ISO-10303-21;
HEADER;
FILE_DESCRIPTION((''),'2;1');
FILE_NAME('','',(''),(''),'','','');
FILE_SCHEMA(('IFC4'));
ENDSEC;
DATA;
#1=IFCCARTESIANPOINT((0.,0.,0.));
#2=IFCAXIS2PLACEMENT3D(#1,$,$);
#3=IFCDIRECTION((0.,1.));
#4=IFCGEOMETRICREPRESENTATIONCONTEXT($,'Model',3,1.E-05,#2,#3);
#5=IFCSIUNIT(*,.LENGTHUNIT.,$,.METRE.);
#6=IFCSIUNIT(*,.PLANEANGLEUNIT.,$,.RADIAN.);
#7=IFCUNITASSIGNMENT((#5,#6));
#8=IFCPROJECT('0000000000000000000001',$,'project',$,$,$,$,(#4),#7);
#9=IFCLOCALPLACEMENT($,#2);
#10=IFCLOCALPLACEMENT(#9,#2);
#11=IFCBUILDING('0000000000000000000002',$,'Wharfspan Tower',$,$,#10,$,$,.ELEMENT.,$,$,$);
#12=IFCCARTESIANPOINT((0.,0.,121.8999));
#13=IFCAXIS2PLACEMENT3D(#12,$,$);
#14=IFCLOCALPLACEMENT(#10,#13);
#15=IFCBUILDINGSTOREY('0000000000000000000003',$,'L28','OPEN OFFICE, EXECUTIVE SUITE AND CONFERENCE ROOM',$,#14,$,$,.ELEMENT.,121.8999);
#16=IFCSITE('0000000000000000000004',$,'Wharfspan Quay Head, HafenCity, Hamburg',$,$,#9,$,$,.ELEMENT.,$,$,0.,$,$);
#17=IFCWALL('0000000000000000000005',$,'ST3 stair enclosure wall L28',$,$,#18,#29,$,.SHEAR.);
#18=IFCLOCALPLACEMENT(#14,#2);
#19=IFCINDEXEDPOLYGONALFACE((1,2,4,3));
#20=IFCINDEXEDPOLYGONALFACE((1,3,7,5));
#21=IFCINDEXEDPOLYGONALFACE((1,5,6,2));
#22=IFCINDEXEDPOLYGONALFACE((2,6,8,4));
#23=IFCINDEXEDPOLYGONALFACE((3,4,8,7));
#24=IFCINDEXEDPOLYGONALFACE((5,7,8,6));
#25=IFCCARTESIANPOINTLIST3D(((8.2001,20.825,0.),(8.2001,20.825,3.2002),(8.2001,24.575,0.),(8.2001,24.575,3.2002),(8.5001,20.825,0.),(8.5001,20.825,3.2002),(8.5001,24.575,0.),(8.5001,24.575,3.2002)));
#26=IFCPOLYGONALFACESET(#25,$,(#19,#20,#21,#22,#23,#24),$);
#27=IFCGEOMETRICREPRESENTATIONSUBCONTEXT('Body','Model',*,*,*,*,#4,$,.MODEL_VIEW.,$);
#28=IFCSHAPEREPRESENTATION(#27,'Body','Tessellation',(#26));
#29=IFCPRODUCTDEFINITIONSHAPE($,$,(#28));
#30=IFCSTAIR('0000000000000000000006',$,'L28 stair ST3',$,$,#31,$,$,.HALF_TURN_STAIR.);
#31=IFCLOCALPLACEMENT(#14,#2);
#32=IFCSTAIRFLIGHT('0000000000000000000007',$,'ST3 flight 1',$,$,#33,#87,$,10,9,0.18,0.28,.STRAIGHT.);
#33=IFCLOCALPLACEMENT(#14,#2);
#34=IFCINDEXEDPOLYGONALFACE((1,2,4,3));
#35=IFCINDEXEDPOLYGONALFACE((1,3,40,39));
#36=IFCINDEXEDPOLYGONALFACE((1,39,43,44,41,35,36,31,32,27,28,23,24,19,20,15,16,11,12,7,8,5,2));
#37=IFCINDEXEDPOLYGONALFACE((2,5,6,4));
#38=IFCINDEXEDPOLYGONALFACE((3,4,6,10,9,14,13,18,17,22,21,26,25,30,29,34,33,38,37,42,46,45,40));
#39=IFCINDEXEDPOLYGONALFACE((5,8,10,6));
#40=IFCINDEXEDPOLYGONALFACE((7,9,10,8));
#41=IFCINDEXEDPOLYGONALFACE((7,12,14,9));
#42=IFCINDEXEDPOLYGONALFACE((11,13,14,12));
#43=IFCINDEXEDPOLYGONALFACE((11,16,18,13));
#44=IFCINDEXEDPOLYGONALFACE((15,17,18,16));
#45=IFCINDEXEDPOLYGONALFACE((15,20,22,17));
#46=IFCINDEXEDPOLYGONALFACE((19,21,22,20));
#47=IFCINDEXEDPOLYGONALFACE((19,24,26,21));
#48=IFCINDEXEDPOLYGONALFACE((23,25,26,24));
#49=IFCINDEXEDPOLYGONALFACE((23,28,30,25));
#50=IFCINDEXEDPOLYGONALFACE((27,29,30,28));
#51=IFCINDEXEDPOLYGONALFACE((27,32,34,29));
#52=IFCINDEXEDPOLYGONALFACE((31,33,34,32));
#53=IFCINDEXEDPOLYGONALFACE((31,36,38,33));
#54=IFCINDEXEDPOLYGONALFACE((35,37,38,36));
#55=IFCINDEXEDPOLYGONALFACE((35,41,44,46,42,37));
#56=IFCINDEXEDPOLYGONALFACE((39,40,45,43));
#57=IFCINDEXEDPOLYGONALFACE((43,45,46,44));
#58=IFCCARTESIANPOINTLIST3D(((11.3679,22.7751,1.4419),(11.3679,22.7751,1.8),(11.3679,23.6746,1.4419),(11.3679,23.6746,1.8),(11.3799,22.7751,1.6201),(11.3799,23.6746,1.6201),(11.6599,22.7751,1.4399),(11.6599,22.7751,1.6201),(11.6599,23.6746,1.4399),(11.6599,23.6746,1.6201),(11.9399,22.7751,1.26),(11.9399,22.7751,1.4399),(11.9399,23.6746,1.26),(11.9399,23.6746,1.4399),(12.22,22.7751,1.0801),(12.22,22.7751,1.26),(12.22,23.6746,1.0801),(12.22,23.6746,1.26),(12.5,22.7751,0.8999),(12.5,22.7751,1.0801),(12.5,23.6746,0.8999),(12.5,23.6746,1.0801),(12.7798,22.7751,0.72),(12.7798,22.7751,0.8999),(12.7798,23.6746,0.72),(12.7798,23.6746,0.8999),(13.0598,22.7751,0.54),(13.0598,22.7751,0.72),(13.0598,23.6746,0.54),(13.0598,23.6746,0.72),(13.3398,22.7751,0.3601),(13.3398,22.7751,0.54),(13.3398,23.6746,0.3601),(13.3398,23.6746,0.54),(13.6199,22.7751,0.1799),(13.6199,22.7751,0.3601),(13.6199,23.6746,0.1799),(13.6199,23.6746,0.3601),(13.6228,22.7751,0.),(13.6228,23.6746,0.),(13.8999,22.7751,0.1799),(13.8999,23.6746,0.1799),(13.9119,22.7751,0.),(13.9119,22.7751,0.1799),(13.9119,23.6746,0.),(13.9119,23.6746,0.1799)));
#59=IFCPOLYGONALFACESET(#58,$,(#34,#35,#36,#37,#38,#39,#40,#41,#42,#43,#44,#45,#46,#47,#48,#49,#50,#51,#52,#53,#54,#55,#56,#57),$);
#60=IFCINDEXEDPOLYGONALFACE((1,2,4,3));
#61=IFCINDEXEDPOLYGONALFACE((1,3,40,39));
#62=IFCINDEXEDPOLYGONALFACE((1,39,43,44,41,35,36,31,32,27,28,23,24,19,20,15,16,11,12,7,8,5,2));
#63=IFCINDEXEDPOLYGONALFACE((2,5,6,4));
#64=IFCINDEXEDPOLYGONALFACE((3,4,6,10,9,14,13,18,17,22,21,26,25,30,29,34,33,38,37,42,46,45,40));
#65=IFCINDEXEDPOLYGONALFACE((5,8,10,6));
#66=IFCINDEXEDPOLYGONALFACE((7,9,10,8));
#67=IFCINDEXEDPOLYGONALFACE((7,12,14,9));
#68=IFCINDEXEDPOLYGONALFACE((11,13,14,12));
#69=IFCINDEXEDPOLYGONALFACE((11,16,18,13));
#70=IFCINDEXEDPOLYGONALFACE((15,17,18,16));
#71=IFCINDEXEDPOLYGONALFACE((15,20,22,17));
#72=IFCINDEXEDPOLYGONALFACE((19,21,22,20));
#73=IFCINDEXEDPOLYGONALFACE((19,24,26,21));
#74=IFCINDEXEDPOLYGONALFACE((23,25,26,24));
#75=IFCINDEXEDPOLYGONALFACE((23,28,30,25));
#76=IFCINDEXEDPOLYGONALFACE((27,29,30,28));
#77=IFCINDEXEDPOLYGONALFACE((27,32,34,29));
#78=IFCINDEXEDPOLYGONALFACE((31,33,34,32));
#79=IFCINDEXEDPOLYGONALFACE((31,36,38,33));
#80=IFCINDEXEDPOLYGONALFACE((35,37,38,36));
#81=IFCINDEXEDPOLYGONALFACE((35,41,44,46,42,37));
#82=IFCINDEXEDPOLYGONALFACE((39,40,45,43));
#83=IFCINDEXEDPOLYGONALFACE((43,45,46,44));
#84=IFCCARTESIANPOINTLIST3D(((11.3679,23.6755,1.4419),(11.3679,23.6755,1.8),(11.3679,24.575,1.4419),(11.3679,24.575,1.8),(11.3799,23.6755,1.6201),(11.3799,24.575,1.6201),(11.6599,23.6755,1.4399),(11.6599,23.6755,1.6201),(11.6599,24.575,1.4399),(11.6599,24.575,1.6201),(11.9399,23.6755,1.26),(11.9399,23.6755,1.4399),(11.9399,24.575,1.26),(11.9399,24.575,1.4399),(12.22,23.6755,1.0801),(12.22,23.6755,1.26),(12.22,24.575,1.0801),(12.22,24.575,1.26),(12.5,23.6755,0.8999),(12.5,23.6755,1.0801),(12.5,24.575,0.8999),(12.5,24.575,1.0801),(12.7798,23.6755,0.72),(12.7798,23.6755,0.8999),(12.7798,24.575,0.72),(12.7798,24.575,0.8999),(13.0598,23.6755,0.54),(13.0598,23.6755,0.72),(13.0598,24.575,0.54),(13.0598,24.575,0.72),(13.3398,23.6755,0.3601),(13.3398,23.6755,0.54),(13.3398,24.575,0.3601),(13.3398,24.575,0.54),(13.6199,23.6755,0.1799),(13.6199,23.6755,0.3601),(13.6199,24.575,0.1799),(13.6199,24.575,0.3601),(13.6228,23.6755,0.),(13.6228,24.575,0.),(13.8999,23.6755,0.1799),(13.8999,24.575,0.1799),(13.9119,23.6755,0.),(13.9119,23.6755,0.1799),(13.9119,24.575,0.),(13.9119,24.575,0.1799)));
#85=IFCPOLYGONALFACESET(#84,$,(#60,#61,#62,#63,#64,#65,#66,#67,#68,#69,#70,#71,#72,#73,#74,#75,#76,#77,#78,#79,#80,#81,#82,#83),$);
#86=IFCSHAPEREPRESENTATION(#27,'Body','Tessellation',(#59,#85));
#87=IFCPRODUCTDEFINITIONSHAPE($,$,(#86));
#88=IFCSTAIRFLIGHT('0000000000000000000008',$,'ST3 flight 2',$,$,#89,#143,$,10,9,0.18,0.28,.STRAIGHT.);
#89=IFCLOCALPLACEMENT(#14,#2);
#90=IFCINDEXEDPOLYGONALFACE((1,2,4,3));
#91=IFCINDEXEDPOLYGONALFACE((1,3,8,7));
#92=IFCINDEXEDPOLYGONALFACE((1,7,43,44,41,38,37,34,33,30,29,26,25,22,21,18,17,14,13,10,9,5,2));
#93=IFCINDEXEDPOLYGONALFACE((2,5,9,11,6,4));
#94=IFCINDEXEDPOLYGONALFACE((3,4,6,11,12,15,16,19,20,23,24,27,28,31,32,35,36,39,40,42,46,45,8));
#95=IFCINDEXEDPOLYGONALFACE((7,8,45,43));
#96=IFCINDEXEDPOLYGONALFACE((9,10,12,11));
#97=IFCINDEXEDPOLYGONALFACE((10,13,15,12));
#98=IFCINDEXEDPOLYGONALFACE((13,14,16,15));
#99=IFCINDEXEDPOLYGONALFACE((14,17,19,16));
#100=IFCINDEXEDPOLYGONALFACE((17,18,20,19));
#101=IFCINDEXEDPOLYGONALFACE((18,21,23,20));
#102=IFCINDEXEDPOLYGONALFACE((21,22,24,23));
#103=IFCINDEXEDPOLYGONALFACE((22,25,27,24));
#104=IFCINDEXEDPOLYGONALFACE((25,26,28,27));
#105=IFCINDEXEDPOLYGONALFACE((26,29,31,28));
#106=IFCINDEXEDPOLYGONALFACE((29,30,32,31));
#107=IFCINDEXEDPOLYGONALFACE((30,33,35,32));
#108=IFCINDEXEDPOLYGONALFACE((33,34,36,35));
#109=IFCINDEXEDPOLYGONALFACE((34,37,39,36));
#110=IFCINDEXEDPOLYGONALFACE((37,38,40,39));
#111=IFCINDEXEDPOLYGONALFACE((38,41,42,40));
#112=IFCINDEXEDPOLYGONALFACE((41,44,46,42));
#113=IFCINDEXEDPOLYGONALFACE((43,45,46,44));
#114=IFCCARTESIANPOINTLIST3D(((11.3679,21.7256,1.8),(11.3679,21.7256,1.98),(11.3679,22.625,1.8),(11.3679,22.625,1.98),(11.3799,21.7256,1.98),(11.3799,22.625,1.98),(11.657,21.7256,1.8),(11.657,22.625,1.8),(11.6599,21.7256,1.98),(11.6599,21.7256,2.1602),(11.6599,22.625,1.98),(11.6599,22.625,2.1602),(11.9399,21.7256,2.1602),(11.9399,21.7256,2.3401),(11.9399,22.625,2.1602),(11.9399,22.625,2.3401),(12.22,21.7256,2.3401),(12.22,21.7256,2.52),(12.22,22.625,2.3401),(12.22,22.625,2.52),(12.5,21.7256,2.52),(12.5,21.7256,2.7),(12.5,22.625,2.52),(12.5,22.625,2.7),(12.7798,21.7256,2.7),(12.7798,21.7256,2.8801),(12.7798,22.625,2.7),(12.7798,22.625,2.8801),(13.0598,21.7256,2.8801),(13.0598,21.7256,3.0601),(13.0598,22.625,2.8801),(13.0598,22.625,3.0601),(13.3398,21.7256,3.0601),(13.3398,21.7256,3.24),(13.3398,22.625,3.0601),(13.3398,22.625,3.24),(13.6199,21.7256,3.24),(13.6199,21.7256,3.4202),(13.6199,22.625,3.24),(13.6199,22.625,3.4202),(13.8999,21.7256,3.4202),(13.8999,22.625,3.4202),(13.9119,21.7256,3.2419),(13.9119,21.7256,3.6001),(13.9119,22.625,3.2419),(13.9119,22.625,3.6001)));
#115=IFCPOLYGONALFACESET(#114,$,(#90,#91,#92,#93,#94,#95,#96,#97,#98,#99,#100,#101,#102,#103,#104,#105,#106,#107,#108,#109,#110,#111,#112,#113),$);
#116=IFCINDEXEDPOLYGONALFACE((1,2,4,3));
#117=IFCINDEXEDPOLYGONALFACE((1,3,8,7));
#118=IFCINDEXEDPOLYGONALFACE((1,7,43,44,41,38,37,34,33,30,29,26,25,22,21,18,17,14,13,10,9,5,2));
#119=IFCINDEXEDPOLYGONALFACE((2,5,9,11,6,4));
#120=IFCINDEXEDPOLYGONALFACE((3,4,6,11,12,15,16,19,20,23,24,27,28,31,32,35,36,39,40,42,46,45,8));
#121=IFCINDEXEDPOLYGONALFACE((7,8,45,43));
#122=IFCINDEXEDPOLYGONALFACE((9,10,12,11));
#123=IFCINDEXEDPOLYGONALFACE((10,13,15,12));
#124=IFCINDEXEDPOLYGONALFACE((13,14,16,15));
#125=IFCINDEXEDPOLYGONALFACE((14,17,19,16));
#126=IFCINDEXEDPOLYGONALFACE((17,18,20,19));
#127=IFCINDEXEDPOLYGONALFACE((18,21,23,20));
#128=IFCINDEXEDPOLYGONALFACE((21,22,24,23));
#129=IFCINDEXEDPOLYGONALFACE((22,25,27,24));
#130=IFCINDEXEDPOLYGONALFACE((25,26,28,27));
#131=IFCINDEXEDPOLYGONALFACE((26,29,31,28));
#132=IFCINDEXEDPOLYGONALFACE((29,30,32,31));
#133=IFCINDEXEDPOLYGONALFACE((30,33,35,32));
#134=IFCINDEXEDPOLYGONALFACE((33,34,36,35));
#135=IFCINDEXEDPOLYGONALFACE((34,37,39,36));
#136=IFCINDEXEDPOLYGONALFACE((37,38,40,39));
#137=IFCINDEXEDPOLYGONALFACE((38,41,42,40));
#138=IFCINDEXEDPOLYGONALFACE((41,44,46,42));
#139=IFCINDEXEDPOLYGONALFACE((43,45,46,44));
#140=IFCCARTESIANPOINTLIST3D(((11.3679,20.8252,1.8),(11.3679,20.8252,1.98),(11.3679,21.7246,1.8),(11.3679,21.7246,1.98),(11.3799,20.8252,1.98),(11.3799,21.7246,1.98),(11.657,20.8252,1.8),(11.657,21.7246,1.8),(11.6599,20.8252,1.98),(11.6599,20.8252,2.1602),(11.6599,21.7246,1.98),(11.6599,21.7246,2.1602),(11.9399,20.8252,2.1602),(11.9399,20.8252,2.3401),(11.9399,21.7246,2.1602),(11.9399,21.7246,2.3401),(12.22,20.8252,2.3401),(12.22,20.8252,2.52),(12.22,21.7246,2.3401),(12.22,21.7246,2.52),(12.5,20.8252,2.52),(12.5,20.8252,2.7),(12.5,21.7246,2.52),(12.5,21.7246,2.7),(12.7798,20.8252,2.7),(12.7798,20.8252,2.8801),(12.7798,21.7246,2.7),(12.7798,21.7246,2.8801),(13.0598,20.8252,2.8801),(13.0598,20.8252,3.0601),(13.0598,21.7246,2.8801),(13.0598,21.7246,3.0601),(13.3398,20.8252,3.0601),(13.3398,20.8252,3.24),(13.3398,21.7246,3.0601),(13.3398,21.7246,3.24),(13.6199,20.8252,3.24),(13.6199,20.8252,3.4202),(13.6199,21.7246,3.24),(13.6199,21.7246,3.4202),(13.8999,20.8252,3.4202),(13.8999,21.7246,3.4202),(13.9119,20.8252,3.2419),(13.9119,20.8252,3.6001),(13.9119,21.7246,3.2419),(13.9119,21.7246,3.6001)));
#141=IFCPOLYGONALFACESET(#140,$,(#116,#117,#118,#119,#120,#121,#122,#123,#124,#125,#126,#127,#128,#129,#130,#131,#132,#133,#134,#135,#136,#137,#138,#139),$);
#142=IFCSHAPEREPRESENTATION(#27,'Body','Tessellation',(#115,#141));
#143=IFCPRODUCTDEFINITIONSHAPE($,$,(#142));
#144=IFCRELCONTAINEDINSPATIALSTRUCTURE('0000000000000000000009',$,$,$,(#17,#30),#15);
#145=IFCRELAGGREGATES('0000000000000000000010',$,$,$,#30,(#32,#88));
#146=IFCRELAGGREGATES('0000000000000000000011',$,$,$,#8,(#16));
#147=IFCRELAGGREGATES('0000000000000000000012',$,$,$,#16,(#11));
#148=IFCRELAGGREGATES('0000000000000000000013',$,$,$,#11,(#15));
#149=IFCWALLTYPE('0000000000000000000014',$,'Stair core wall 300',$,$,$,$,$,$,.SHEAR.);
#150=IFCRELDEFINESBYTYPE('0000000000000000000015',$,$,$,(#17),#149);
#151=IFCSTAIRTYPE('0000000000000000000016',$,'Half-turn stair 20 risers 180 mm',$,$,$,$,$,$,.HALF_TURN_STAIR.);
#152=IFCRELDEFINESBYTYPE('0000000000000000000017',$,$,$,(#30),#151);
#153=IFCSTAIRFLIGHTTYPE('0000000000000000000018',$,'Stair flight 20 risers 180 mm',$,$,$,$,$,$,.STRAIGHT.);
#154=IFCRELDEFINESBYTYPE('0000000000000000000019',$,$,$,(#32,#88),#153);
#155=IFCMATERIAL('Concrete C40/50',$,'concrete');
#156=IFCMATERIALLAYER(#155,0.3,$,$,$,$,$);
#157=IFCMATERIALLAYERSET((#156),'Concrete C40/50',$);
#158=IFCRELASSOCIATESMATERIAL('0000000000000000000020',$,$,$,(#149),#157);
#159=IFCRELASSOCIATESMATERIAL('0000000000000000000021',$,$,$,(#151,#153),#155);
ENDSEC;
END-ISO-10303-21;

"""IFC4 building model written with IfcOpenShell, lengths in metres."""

from ifc_helpers import new_model, si_unit, direction, frame, frame_2d, origin, place, context, subcontext, project, spatial, polyline, rectangle, outline, extrude, material, layer, layer_set, type_object, element, aggregate, save


model = new_model("IFC4")

# Units and contexts
model_context = context("Model", 3, precision=1e-05, world=origin(), true_north=direction((0.0, 1.0)))
body_context = subcontext(model_context, "Body", "Model", "MODEL_VIEW")
ifc_project = project(units=[si_unit("LENGTHUNIT", "METRE"), si_unit("PLANEANGLEUNIT", "RADIAN")], contexts=[model_context])

# Site, building, storey
site_placement = place(None, origin())
site = spatial("IfcSite", under=ifc_project, at=site_placement, Name="Wharfspan Quay Head, HafenCity, Hamburg", CompositionType="ELEMENT", RefElevation=0.0)
building_placement = place(site_placement, origin())
building = spatial("IfcBuilding", under=site, at=building_placement, Name="Wharfspan Tower", CompositionType="ELEMENT")
storey_placement = place(building_placement, frame((0.0, 0.0, 121.8999)))
storey = spatial("IfcBuildingStorey", under=building, at=storey_placement, Name="L28", Description="OPEN OFFICE, EXECUTIVE SUITE AND CONFERENCE ROOM", CompositionType="ELEMENT", Elevation=121.8999)

# Wall
ifc_material_1 = material(Name="Concrete C40/50", Category="concrete")
ifc_layer_1 = layer(ifc_material_1, 0.3)
ifc_layer_set_1 = layer_set([ifc_layer_1], Name="Concrete C40/50")
wall_type_1 = type_object("IfcWallType", Name="Stair core wall 300", PredefinedType="SHEAR", material=ifc_layer_set_1)
wall_1_placement = place(storey_placement, frame((8.3501, 20.825, 0.0), z_axis=(0.0, 0.0, 1.0), x_axis=(0.0, 1.0, 0.0)))
element("IfcWall", 1, at=wall_1_placement, inside=storey, type_object=wall_type_1, Name="ST3 stair enclosure wall L28", PredefinedType="SHEAR", context=body_context, shape_type="SweptSolid", body=[
    extrude(rectangle(XDim=3.75, YDim=0.3, at=frame_2d((1.875, 0.0))), origin(), (0.0, 0.0, 1.0), 3.2002),
])

# Stair, stair flights
stair_type = type_object("IfcStairType", Name="Half-turn stair 20 risers 180 mm", PredefinedType="HALF_TURN_STAIR", material=ifc_material_1)
stair_placement = place(storey_placement, origin())
stair = element("IfcStair", 2, at=stair_placement, inside=storey, type_object=stair_type, Name="L28 stair ST3", PredefinedType="HALF_TURN_STAIR")
stair_flight_type = type_object("IfcStairFlightType", Name="Stair flight 20 risers 180 mm", PredefinedType="STRAIGHT", material=ifc_material_1)
stair_flight_1_placement = place(storey_placement, frame((13.8999, 23.675, 0.0), z_axis=(0.0, 0.0, 1.0), x_axis=(-1.0, 0.0, 0.0)))
stair_flight_1 = element("IfcStairFlight", 3, at=stair_flight_1_placement, type_object=stair_flight_type, Name="ST3 flight 1", NumberOfRisers=10, NumberOfTreads=9, PredefinedType="STRAIGHT", RiserHeight=0.18, TreadLength=0.28, context=body_context, shape_type="SweptSolid", body=[
    extrude(outline(polyline([(-0.012, 0.0), (-0.012, 0.1799), (0.0, 0.1799), (0.28, 0.1799), (0.28, 0.3601), (0.5601, 0.3601), (0.5601, 0.54), (0.8401, 0.54), (0.8401, 0.72), (1.1201, 0.72), (1.1201, 0.8999), (1.3999, 0.8999), (1.3999, 1.0801), (1.6799, 1.0801), (1.6799, 1.26), (1.96, 1.26), (1.96, 1.4399), (2.24, 1.4399), (2.24, 1.6201), (2.52, 1.6201), (2.532, 1.8), (2.532, 1.4419), (0.2771, 0.0), (-0.012, 0.0)])), frame((0.0, 0.8999, 0.0), z_axis=(0.0, -1.0, 0.0), x_axis=(1.0, 0.0, 0.0)), (0.0, 0.0, 1.0), 0.8994),
    extrude(outline(polyline([(-0.012, 0.0), (-0.012, 0.1799), (0.0, 0.1799), (0.28, 0.1799), (0.28, 0.3601), (0.5601, 0.3601), (0.5601, 0.54), (0.8401, 0.54), (0.8401, 0.72), (1.1201, 0.72), (1.1201, 0.8999), (1.3999, 0.8999), (1.3999, 1.0801), (1.6799, 1.0801), (1.6799, 1.26), (1.96, 1.26), (1.96, 1.4399), (2.24, 1.4399), (2.24, 1.6201), (2.52, 1.6201), (2.532, 1.8), (2.532, 1.4419), (0.2771, 0.0), (-0.012, 0.0)])), frame((0.0, -0.0005, 0.0), z_axis=(0.0, -1.0, 0.0), x_axis=(1.0, 0.0, 0.0)), (0.0, 0.0, 1.0), 0.8994),
])
stair_flight_2_placement = place(storey_placement, frame((11.3799, 21.7251, 1.8), z_axis=(0.0, 0.0, 1.0), x_axis=(1.0, 0.0, 0.0)))
stair_flight_2 = element("IfcStairFlight", 4, at=stair_flight_2_placement, type_object=stair_flight_type, Name="ST3 flight 2", NumberOfRisers=10, NumberOfTreads=9, PredefinedType="STRAIGHT", RiserHeight=0.18, TreadLength=0.28, context=body_context, shape_type="SweptSolid", body=[
    extrude(outline(polyline([(-0.012, 0.0), (-0.012, 0.1799), (0.0, 0.1799), (0.28, 0.1799), (0.28, 0.3601), (0.5601, 0.3601), (0.5601, 0.54), (0.8401, 0.54), (0.8401, 0.72), (1.1201, 0.72), (1.1201, 0.8999), (1.3999, 0.8999), (1.3999, 1.0801), (1.6799, 1.0801), (1.6799, 1.26), (1.96, 1.26), (1.96, 1.4399), (2.24, 1.4399), (2.24, 1.6201), (2.52, 1.6201), (2.532, 1.8), (2.532, 1.4419), (0.2771, 0.0), (-0.012, 0.0)])), frame((0.0, 0.8999, 0.0), z_axis=(0.0, -1.0, 0.0), x_axis=(1.0, 0.0, 0.0)), (0.0, 0.0, 1.0), 0.8994),
    extrude(outline(polyline([(-0.012, 0.0), (-0.012, 0.1799), (0.0, 0.1799), (0.28, 0.1799), (0.28, 0.3601), (0.5601, 0.3601), (0.5601, 0.54), (0.8401, 0.54), (0.8401, 0.72), (1.1201, 0.72), (1.1201, 0.8999), (1.3999, 0.8999), (1.3999, 1.0801), (1.6799, 1.0801), (1.6799, 1.26), (1.96, 1.26), (1.96, 1.4399), (2.24, 1.4399), (2.24, 1.6201), (2.52, 1.6201), (2.532, 1.8), (2.532, 1.4419), (0.2771, 0.0), (-0.012, 0.0)])), frame((0.0, -0.0005, 0.0), z_axis=(0.0, -1.0, 0.0), x_axis=(1.0, 0.0, 0.0)), (0.0, 0.0, 1.0), 0.8994),
])
aggregate(stair, [stair_flight_1, stair_flight_2])

save(model, "model.ifc")
